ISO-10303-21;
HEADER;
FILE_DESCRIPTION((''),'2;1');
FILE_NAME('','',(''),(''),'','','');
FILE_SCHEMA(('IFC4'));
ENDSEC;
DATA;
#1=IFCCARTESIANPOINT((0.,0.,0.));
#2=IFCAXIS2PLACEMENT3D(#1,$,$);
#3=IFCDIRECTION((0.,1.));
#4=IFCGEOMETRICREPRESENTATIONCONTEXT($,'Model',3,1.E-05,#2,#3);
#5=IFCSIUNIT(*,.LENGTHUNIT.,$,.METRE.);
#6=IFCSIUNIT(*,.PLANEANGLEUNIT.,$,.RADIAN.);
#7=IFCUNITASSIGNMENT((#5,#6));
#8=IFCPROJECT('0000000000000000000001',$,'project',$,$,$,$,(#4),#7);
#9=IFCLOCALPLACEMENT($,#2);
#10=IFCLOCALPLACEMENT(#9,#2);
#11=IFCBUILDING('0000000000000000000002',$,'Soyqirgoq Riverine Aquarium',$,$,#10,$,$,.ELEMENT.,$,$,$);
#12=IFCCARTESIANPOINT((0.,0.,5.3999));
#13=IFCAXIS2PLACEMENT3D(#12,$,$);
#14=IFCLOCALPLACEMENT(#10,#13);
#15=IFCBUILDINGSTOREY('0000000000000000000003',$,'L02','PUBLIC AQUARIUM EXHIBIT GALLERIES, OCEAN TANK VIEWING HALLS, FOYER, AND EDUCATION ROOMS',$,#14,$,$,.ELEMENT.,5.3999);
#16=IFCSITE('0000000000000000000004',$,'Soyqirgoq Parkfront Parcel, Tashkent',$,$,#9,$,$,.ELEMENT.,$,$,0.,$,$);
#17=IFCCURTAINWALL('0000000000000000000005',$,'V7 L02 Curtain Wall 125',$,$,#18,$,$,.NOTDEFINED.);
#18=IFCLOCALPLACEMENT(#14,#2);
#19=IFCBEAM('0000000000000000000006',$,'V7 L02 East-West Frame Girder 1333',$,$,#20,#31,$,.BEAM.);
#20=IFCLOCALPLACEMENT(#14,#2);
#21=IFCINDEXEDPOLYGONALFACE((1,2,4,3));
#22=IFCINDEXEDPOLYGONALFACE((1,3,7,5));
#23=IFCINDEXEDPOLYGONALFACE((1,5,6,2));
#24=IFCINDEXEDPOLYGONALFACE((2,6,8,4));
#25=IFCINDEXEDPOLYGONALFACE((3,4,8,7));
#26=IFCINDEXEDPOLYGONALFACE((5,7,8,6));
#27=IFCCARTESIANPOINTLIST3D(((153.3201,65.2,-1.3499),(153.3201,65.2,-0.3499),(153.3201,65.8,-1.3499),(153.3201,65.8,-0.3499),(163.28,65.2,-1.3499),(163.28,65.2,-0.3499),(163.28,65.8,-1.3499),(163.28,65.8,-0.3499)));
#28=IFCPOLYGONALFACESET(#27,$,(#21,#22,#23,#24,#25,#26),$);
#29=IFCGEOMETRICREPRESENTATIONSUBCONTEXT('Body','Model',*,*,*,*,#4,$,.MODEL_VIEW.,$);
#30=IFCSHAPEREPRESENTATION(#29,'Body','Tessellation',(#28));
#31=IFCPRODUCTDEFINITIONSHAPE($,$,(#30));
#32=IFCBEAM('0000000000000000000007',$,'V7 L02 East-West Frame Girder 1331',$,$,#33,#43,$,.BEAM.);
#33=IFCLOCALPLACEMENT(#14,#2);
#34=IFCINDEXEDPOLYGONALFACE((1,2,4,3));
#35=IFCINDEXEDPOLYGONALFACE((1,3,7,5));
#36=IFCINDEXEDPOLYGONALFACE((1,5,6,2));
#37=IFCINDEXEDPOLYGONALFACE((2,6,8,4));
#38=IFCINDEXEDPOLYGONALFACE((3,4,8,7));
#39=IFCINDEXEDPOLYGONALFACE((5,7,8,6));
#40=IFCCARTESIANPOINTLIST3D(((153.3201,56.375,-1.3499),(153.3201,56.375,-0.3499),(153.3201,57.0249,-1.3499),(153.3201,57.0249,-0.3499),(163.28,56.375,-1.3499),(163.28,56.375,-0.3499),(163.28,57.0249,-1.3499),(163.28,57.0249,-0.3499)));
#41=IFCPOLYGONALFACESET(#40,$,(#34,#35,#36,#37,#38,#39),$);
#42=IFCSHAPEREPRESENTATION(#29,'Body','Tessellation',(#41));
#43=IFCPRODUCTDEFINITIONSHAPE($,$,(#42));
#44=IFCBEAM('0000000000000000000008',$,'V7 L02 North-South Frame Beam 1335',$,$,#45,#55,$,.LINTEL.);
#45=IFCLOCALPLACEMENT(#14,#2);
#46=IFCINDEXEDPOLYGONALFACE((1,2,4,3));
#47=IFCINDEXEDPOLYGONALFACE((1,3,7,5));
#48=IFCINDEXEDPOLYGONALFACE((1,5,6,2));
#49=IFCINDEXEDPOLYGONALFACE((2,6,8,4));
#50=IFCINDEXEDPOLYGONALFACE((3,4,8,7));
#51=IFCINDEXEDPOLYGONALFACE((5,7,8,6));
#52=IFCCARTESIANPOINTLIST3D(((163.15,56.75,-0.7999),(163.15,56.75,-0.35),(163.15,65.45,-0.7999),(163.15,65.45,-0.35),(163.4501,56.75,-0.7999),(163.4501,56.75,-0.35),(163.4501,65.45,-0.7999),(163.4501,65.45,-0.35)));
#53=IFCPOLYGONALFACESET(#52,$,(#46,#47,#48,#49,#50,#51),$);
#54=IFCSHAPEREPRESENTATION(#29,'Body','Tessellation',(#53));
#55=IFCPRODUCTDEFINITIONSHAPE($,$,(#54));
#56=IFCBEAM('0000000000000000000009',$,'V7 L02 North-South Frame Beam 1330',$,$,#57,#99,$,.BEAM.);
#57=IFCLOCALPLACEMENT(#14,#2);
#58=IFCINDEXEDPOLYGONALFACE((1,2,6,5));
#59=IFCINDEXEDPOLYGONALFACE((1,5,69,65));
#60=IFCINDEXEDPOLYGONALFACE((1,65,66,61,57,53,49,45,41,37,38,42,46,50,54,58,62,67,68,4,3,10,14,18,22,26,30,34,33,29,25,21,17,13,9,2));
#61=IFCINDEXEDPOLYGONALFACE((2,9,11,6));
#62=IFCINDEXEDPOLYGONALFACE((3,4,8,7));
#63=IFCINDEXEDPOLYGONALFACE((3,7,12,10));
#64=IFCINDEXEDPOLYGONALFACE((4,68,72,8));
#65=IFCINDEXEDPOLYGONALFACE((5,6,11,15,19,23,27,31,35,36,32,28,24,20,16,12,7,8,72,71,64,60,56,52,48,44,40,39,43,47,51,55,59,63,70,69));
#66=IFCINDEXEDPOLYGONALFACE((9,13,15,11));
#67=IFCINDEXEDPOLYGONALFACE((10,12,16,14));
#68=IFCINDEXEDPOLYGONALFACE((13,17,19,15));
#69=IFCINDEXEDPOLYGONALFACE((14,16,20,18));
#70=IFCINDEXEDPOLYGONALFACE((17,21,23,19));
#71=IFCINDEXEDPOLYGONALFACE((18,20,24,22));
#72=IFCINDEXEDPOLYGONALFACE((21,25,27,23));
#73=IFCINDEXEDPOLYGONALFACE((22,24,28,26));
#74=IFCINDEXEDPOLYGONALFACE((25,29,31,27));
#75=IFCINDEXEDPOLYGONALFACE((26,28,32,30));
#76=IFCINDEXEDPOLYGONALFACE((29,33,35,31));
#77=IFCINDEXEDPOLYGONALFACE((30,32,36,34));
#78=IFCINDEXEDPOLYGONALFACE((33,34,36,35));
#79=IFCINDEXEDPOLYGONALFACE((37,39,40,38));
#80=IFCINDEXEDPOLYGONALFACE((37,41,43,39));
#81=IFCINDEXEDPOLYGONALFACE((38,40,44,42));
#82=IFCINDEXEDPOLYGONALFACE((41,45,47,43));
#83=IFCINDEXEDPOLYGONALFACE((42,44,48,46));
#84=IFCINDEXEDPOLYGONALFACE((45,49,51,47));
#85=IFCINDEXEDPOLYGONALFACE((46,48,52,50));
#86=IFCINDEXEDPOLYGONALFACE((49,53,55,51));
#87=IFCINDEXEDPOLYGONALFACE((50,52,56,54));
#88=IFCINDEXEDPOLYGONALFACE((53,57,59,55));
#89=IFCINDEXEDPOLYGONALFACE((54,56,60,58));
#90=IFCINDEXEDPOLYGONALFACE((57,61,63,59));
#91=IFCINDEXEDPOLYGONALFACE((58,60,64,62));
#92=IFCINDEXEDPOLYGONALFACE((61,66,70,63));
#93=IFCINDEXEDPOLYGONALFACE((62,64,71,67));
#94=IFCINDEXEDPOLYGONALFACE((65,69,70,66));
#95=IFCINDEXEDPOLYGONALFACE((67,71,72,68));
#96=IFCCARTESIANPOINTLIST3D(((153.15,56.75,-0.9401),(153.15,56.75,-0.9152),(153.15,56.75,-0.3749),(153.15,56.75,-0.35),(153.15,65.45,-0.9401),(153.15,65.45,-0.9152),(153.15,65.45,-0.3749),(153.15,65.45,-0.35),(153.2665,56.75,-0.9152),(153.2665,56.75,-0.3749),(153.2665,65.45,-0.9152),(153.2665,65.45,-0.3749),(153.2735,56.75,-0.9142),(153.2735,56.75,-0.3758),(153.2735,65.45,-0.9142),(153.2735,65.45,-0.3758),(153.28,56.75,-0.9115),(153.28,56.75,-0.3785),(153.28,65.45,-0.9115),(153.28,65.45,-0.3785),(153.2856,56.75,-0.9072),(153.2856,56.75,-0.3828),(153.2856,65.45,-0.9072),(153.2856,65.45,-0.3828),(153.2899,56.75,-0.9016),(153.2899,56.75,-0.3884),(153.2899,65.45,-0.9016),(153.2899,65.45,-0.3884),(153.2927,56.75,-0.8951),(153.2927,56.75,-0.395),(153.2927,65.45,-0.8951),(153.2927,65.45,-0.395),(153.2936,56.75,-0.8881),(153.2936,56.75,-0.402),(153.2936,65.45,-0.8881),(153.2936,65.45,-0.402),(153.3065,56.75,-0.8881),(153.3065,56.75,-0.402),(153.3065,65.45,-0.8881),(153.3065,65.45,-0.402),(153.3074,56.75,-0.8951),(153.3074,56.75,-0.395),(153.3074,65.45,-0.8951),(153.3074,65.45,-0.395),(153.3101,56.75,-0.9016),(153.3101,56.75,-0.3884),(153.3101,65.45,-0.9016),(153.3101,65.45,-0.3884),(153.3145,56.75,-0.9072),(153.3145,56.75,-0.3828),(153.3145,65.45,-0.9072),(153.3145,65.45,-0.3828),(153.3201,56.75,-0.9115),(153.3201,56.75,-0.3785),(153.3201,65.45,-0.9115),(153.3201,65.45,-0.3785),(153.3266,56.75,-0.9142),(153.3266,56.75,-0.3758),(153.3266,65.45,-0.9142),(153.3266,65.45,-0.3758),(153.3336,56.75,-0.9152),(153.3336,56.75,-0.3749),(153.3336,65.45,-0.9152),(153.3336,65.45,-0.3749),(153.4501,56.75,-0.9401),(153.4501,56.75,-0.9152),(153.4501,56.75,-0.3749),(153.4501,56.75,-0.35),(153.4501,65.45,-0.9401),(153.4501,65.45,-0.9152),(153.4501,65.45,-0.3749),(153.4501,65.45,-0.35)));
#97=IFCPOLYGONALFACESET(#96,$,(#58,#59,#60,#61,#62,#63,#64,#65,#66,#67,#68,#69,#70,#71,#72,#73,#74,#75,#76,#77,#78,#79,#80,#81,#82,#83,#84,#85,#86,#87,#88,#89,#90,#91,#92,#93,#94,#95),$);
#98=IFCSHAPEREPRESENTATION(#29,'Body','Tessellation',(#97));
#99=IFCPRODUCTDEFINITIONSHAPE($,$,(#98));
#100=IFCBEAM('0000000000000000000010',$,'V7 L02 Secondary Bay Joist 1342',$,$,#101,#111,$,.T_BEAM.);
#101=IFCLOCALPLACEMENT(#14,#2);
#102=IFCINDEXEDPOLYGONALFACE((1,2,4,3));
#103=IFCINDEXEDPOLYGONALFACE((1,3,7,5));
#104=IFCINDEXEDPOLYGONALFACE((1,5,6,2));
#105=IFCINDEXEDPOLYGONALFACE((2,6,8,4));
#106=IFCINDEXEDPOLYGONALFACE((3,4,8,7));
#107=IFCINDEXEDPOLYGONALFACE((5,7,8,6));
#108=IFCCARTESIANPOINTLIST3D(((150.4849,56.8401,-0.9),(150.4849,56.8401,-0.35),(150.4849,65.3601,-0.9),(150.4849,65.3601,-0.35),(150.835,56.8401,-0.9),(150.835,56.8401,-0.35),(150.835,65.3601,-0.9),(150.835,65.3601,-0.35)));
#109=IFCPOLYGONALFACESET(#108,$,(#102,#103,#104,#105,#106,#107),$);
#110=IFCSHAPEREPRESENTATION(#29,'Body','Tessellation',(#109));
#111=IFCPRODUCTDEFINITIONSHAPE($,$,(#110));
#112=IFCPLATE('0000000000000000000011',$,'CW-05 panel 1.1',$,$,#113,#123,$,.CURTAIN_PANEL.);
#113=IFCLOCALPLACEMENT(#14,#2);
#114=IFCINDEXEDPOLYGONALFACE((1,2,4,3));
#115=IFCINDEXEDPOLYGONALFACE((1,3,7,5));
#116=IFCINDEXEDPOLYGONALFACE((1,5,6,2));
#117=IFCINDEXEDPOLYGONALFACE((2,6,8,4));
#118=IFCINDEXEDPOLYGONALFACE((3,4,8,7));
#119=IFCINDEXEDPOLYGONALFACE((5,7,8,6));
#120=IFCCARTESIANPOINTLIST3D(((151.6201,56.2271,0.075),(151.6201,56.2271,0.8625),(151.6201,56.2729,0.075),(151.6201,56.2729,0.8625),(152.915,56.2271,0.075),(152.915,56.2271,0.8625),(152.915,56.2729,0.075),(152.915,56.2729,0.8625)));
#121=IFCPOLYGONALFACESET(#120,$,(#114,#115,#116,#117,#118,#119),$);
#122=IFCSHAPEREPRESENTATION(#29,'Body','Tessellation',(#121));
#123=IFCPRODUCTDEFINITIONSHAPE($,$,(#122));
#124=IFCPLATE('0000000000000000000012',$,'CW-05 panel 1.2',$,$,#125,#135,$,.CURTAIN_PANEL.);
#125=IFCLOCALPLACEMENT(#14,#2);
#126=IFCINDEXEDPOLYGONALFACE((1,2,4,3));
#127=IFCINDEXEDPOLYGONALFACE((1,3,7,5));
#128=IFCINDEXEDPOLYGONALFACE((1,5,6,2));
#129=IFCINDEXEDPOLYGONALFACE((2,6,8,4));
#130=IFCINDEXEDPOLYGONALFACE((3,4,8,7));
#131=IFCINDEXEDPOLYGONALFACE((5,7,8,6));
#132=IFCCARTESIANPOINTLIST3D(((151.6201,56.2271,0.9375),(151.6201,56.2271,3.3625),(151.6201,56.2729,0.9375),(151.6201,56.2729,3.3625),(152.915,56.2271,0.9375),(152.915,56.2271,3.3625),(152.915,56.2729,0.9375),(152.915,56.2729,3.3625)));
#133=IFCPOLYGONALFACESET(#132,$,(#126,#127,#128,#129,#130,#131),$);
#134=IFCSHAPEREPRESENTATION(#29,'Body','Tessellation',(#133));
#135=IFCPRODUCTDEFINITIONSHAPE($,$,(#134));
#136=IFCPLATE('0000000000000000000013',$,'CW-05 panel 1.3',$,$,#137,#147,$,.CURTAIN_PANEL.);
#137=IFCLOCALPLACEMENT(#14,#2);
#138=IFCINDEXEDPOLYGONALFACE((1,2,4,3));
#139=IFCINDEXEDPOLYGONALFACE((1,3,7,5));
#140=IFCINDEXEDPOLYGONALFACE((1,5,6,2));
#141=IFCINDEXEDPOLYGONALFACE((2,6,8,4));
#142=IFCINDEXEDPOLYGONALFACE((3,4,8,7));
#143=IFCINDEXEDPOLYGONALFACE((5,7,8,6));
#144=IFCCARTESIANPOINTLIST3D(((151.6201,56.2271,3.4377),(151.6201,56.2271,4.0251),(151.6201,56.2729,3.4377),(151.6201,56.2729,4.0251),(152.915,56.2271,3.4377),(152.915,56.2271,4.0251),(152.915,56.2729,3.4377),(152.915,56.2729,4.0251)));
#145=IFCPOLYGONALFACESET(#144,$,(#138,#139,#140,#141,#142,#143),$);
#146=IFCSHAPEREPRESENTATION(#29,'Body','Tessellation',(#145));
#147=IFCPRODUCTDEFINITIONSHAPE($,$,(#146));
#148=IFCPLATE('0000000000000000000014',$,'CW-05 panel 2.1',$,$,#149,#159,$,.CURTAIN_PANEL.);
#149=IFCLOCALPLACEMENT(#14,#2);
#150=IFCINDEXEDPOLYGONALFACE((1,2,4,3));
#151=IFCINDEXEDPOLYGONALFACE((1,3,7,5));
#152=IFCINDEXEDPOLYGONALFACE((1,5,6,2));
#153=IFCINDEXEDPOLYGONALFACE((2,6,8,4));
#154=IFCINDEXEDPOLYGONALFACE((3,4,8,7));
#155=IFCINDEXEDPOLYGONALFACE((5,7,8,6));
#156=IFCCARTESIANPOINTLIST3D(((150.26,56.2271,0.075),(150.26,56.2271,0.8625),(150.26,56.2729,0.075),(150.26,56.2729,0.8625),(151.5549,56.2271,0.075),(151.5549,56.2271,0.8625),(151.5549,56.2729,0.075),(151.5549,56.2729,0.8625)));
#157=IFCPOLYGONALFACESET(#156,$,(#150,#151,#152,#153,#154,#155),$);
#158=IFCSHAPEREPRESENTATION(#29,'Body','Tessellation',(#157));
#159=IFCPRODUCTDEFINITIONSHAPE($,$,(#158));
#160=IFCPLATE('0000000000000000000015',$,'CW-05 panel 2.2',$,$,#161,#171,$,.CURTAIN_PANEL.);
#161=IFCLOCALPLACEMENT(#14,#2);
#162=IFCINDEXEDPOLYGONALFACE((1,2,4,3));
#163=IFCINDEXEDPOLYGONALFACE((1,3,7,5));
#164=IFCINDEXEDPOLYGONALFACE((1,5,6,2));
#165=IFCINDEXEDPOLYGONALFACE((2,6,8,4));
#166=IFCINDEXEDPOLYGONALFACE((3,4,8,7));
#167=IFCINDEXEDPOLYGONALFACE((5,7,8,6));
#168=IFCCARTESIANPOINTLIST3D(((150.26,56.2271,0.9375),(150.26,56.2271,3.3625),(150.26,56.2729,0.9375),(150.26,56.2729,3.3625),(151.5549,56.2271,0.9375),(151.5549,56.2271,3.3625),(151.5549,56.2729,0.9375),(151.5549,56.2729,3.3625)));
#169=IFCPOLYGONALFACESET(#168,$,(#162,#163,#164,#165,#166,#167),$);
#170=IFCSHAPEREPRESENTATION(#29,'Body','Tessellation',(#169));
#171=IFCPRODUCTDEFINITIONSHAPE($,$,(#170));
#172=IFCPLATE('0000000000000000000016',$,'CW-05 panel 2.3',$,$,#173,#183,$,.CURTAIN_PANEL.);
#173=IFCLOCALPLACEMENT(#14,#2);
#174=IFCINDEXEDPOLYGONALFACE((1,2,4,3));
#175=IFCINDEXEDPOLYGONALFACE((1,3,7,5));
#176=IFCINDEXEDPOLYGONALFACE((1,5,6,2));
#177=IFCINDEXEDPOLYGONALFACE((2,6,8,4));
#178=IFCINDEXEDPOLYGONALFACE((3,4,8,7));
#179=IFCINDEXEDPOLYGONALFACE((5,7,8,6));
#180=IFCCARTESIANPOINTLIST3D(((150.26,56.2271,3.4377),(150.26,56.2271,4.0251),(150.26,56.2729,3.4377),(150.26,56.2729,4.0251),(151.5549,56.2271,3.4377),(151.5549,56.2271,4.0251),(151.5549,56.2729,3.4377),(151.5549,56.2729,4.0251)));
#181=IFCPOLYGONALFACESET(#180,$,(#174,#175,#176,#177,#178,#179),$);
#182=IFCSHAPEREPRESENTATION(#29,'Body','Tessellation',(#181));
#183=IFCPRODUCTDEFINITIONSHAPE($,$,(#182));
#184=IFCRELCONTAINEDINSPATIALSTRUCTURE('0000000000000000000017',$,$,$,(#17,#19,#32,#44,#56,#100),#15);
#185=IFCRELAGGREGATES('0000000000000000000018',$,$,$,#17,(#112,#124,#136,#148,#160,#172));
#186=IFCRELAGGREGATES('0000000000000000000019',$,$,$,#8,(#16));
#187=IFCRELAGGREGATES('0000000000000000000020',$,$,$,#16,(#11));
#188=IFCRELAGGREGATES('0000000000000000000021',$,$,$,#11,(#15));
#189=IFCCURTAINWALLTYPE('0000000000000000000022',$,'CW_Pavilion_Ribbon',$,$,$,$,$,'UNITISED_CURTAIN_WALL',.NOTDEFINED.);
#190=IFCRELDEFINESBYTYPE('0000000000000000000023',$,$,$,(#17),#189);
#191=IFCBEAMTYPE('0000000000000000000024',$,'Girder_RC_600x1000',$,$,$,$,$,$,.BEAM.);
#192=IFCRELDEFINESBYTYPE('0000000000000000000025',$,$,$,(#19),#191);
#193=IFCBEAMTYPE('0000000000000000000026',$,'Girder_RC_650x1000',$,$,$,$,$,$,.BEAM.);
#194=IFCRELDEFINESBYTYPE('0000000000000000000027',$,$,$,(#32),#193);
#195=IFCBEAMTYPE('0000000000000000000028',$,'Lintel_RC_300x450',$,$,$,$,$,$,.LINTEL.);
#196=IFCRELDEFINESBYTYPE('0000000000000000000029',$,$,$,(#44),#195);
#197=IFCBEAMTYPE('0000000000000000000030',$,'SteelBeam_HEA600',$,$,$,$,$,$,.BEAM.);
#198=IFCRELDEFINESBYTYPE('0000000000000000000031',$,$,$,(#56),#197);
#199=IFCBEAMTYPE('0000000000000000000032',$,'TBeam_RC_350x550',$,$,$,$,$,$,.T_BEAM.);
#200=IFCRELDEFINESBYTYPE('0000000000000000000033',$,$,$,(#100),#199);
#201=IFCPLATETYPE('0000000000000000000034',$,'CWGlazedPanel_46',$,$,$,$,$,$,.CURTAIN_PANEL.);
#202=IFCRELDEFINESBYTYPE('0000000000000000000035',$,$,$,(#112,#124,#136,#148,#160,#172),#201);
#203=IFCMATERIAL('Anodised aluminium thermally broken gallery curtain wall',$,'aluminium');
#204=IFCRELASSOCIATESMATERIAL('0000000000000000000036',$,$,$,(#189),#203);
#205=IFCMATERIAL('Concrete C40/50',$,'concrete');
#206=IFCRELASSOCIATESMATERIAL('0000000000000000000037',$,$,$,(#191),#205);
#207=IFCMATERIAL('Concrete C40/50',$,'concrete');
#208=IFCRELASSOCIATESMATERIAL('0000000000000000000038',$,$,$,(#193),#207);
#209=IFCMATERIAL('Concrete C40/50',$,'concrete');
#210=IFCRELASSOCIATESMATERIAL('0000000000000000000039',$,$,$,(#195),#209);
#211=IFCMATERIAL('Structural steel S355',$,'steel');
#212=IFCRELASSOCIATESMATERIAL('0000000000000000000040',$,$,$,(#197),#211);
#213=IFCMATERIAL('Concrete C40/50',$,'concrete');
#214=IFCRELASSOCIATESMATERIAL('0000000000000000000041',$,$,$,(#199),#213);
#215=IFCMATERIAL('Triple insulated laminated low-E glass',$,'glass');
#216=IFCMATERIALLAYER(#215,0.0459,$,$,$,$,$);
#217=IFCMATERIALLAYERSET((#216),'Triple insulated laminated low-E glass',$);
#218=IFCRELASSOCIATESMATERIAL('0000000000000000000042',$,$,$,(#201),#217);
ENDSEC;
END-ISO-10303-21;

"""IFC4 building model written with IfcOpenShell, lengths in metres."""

from ifc_helpers import new_model, si_unit, direction, frame, origin, origin_2d, place, context, subcontext, project, spatial, rectangle, i_section, extrude, material, layer, layer_set, material_profile, profile_set, type_object, element, aggregate, save


model = new_model("IFC4")

# Units and contexts
model_context = context("Model", 3, precision=1e-05, world=origin(), true_north=direction((0.0, 1.0)))
body_context = subcontext(model_context, "Body", "Model", "MODEL_VIEW")
ifc_project = project(units=[si_unit("LENGTHUNIT", "METRE"), si_unit("PLANEANGLEUNIT", "RADIAN")], contexts=[model_context])

# Site, building, storey
site_placement = place(None, origin())
site = spatial("IfcSite", under=ifc_project, at=site_placement, Name="Soyqirgoq Parkfront Parcel, Tashkent", CompositionType="ELEMENT", RefElevation=0.0)
building_placement = place(site_placement, origin())
building = spatial("IfcBuilding", under=site, at=building_placement, Name="Soyqirgoq Riverine Aquarium", CompositionType="ELEMENT")
storey_placement = place(building_placement, frame((0.0, 0.0, 5.3999)))
storey = spatial("IfcBuildingStorey", under=building, at=storey_placement, Name="L02", Description="PUBLIC AQUARIUM EXHIBIT GALLERIES, OCEAN TANK VIEWING HALLS, FOYER, AND EDUCATION ROOMS", CompositionType="ELEMENT", Elevation=5.3999)

# Curtain wall
ifc_material_1 = material(Name="Anodised aluminium thermally broken gallery curtain wall", Category="aluminium")
curtain_wall_type = type_object("IfcCurtainWallType", Name="CW_Pavilion_Ribbon", ElementType="UNITISED_CURTAIN_WALL", PredefinedType="NOTDEFINED", material=ifc_material_1)
curtain_wall_placement = place(storey_placement, origin())
curtain_wall = element("IfcCurtainWall", 1, at=curtain_wall_placement, inside=storey, type_object=curtain_wall_type, Name="V7 L02 Curtain Wall 125", PredefinedType="NOTDEFINED")

# Beams
ifc_material_2 = material(Name="Concrete C40/50", Category="concrete")
ifc_material_profile_1 = material_profile(ifc_material_2, rectangle(XDim=0.6001, YDim=1.0, at=origin_2d()), Name="RC 600x1000")
ifc_profile_set_1 = profile_set([ifc_material_profile_1], Name="Concrete C40/50")
beam_type_1 = type_object("IfcBeamType", Name="Girder_RC_600x1000", PredefinedType="BEAM", material=ifc_profile_set_1)
beam_1_placement = place(storey_placement, frame((153.3201, 65.5, -0.8499), z_axis=(1.0, 0.0, 0.0), x_axis=(0.0, 1.0, 0.0)))
element("IfcBeam", 2, at=beam_1_placement, inside=storey, type_object=beam_type_1, Name="V7 L02 East-West Frame Girder 1333", PredefinedType="BEAM", context=body_context, shape_type="SweptSolid", body=[
    extrude(rectangle(XDim=0.6001, YDim=1.0, at=origin_2d()), origin(), (0.0, 0.0, 1.0), 9.96),
])
ifc_material_3 = material(Name="Concrete C40/50", Category="concrete")
ifc_material_profile_2 = material_profile(ifc_material_3, rectangle(XDim=0.6499, YDim=1.0, at=origin_2d()), Name="RC 650x1000")
ifc_profile_set_2 = profile_set([ifc_material_profile_2], Name="Concrete C40/50")
beam_type_2 = type_object("IfcBeamType", Name="Girder_RC_650x1000", PredefinedType="BEAM", material=ifc_profile_set_2)
beam_2_placement = place(storey_placement, frame((153.3201, 56.7, -0.8499), z_axis=(1.0, 0.0, 0.0), x_axis=(0.0, 1.0, 0.0)))
element("IfcBeam", 3, at=beam_2_placement, inside=storey, type_object=beam_type_2, Name="V7 L02 East-West Frame Girder 1331", PredefinedType="BEAM", context=body_context, shape_type="SweptSolid", body=[
    extrude(rectangle(XDim=0.6499, YDim=1.0, at=origin_2d()), origin(), (0.0, 0.0, 1.0), 9.96),
])
ifc_material_4 = material(Name="Concrete C40/50", Category="concrete")
ifc_material_profile_3 = material_profile(ifc_material_4, rectangle(XDim=0.3, YDim=0.45, at=origin_2d()), Name="RC 300x450")
ifc_profile_set_3 = profile_set([ifc_material_profile_3], Name="Concrete C40/50")
beam_type_3 = type_object("IfcBeamType", Name="Lintel_RC_300x450", PredefinedType="LINTEL", material=ifc_profile_set_3)
beam_3_placement = place(storey_placement, frame((163.3, 56.75, -0.575), z_axis=(0.0, 1.0, 0.0), x_axis=(-1.0, 0.0, 0.0)))
element("IfcBeam", 4, at=beam_3_placement, inside=storey, type_object=beam_type_3, Name="V7 L02 North-South Frame Beam 1335", PredefinedType="LINTEL", context=body_context, shape_type="SweptSolid", body=[
    extrude(rectangle(XDim=0.3, YDim=0.45, at=origin_2d()), origin(), (0.0, 0.0, 1.0), 8.7),
])
ifc_material_5 = material(Name="Structural steel S355", Category="steel")
ifc_material_profile_4 = material_profile(ifc_material_5, i_section(OverallWidth=0.3, OverallDepth=0.5901, WebThickness=0.0129, FlangeThickness=0.0249, FilletRadius=0.0271, at=origin_2d()), Name="HEA 600")
ifc_profile_set_4 = profile_set([ifc_material_profile_4], Name="Structural steel S355")
beam_type_4 = type_object("IfcBeamType", Name="SteelBeam_HEA600", PredefinedType="BEAM", material=ifc_profile_set_4)
beam_4_placement = place(storey_placement, frame((153.3, 56.75, -0.645), z_axis=(0.0, 1.0, 0.0), x_axis=(-1.0, 0.0, 0.0)))
element("IfcBeam", 5, at=beam_4_placement, inside=storey, type_object=beam_type_4, Name="V7 L02 North-South Frame Beam 1330", PredefinedType="BEAM", context=body_context, shape_type="SweptSolid", body=[
    extrude(i_section(OverallWidth=0.3, OverallDepth=0.5901, WebThickness=0.0129, FlangeThickness=0.0249, FilletRadius=0.0271, at=origin_2d()), origin(), (0.0, 0.0, 1.0), 8.7),
])
ifc_material_6 = material(Name="Concrete C40/50", Category="concrete")
ifc_material_profile_5 = material_profile(ifc_material_6, rectangle(XDim=0.3501, YDim=0.55, at=origin_2d()), Name="RC 350x550")
ifc_profile_set_5 = profile_set([ifc_material_profile_5], Name="Concrete C40/50")
beam_type_5 = type_object("IfcBeamType", Name="TBeam_RC_350x550", PredefinedType="T_BEAM", material=ifc_profile_set_5)
beam_5_placement = place(storey_placement, frame((150.6599, 56.8401, -0.625), z_axis=(0.0, 1.0, 0.0), x_axis=(-1.0, 0.0, 0.0)))
element("IfcBeam", 6, at=beam_5_placement, inside=storey, type_object=beam_type_5, Name="V7 L02 Secondary Bay Joist 1342", PredefinedType="T_BEAM", context=body_context, shape_type="SweptSolid", body=[
    extrude(rectangle(XDim=0.3501, YDim=0.55, at=origin_2d()), origin(), (0.0, 0.0, 1.0), 8.52),
])

# Plates
ifc_material_7 = material(Name="Triple insulated laminated low-E glass", Category="glass")
ifc_layer = layer(ifc_material_7, 0.0459)
ifc_layer_set = layer_set([ifc_layer], Name="Triple insulated laminated low-E glass")
plate_type = type_object("IfcPlateType", Name="CWGlazedPanel_46", PredefinedType="CURTAIN_PANEL", material=ifc_layer_set)
plate_1_placement = place(storey_placement, frame((152.2676, 56.25, 0.075), z_axis=(0.0, 0.0, 1.0), x_axis=(-1.0, 0.0, 0.0)))
plate_1 = element("IfcPlate", 7, at=plate_1_placement, type_object=plate_type, Name="CW-05 panel 1.1", PredefinedType="CURTAIN_PANEL", context=body_context, shape_type="SweptSolid", body=[
    extrude(rectangle(XDim=1.2949, YDim=0.0459, at=origin_2d()), origin(), (0.0, 0.0, 1.0), 0.7876),
])
plate_2_placement = place(storey_placement, frame((152.2676, 56.25, 0.9375), z_axis=(0.0, 0.0, 1.0), x_axis=(-1.0, 0.0, 0.0)))
plate_2 = element("IfcPlate", 8, at=plate_2_placement, type_object=plate_type, Name="CW-05 panel 1.2", PredefinedType="CURTAIN_PANEL", context=body_context, shape_type="SweptSolid", body=[
    extrude(rectangle(XDim=1.2949, YDim=0.0459, at=origin_2d()), origin(), (0.0, 0.0, 1.0), 2.425),
])
plate_3_placement = place(storey_placement, frame((152.2676, 56.25, 3.4377), z_axis=(0.0, 0.0, 1.0), x_axis=(-1.0, 0.0, 0.0)))
plate_3 = element("IfcPlate", 9, at=plate_3_placement, type_object=plate_type, Name="CW-05 panel 1.3", PredefinedType="CURTAIN_PANEL", context=body_context, shape_type="SweptSolid", body=[
    extrude(rectangle(XDim=1.2949, YDim=0.0459, at=origin_2d()), origin(), (0.0, 0.0, 1.0), 0.5874),
])
plate_4_placement = place(storey_placement, frame((150.9075, 56.25, 0.075), z_axis=(0.0, 0.0, 1.0), x_axis=(-1.0, 0.0, 0.0)))
plate_4 = element("IfcPlate", 10, at=plate_4_placement, type_object=plate_type, Name="CW-05 panel 2.1", PredefinedType="CURTAIN_PANEL", context=body_context, shape_type="SweptSolid", body=[
    extrude(rectangle(XDim=1.2949, YDim=0.0459, at=origin_2d()), origin(), (0.0, 0.0, 1.0), 0.7876),
])
plate_5_placement = place(storey_placement, frame((150.9075, 56.25, 0.9375), z_axis=(0.0, 0.0, 1.0), x_axis=(-1.0, 0.0, 0.0)))
plate_5 = element("IfcPlate", 11, at=plate_5_placement, type_object=plate_type, Name="CW-05 panel 2.2", PredefinedType="CURTAIN_PANEL", context=body_context, shape_type="SweptSolid", body=[
    extrude(rectangle(XDim=1.2949, YDim=0.0459, at=origin_2d()), origin(), (0.0, 0.0, 1.0), 2.425),
])
plate_6_placement = place(storey_placement, frame((150.9075, 56.25, 3.4377), z_axis=(0.0, 0.0, 1.0), x_axis=(-1.0, 0.0, 0.0)))
plate_6 = element("IfcPlate", 12, at=plate_6_placement, type_object=plate_type, Name="CW-05 panel 2.3", PredefinedType="CURTAIN_PANEL", context=body_context, shape_type="SweptSolid", body=[
    extrude(rectangle(XDim=1.2949, YDim=0.0459, at=origin_2d()), origin(), (0.0, 0.0, 1.0), 0.5874),
])
aggregate(curtain_wall, [plate_1, plate_2, plate_3, plate_4, plate_5, plate_6])

save(model, "model.ifc")
